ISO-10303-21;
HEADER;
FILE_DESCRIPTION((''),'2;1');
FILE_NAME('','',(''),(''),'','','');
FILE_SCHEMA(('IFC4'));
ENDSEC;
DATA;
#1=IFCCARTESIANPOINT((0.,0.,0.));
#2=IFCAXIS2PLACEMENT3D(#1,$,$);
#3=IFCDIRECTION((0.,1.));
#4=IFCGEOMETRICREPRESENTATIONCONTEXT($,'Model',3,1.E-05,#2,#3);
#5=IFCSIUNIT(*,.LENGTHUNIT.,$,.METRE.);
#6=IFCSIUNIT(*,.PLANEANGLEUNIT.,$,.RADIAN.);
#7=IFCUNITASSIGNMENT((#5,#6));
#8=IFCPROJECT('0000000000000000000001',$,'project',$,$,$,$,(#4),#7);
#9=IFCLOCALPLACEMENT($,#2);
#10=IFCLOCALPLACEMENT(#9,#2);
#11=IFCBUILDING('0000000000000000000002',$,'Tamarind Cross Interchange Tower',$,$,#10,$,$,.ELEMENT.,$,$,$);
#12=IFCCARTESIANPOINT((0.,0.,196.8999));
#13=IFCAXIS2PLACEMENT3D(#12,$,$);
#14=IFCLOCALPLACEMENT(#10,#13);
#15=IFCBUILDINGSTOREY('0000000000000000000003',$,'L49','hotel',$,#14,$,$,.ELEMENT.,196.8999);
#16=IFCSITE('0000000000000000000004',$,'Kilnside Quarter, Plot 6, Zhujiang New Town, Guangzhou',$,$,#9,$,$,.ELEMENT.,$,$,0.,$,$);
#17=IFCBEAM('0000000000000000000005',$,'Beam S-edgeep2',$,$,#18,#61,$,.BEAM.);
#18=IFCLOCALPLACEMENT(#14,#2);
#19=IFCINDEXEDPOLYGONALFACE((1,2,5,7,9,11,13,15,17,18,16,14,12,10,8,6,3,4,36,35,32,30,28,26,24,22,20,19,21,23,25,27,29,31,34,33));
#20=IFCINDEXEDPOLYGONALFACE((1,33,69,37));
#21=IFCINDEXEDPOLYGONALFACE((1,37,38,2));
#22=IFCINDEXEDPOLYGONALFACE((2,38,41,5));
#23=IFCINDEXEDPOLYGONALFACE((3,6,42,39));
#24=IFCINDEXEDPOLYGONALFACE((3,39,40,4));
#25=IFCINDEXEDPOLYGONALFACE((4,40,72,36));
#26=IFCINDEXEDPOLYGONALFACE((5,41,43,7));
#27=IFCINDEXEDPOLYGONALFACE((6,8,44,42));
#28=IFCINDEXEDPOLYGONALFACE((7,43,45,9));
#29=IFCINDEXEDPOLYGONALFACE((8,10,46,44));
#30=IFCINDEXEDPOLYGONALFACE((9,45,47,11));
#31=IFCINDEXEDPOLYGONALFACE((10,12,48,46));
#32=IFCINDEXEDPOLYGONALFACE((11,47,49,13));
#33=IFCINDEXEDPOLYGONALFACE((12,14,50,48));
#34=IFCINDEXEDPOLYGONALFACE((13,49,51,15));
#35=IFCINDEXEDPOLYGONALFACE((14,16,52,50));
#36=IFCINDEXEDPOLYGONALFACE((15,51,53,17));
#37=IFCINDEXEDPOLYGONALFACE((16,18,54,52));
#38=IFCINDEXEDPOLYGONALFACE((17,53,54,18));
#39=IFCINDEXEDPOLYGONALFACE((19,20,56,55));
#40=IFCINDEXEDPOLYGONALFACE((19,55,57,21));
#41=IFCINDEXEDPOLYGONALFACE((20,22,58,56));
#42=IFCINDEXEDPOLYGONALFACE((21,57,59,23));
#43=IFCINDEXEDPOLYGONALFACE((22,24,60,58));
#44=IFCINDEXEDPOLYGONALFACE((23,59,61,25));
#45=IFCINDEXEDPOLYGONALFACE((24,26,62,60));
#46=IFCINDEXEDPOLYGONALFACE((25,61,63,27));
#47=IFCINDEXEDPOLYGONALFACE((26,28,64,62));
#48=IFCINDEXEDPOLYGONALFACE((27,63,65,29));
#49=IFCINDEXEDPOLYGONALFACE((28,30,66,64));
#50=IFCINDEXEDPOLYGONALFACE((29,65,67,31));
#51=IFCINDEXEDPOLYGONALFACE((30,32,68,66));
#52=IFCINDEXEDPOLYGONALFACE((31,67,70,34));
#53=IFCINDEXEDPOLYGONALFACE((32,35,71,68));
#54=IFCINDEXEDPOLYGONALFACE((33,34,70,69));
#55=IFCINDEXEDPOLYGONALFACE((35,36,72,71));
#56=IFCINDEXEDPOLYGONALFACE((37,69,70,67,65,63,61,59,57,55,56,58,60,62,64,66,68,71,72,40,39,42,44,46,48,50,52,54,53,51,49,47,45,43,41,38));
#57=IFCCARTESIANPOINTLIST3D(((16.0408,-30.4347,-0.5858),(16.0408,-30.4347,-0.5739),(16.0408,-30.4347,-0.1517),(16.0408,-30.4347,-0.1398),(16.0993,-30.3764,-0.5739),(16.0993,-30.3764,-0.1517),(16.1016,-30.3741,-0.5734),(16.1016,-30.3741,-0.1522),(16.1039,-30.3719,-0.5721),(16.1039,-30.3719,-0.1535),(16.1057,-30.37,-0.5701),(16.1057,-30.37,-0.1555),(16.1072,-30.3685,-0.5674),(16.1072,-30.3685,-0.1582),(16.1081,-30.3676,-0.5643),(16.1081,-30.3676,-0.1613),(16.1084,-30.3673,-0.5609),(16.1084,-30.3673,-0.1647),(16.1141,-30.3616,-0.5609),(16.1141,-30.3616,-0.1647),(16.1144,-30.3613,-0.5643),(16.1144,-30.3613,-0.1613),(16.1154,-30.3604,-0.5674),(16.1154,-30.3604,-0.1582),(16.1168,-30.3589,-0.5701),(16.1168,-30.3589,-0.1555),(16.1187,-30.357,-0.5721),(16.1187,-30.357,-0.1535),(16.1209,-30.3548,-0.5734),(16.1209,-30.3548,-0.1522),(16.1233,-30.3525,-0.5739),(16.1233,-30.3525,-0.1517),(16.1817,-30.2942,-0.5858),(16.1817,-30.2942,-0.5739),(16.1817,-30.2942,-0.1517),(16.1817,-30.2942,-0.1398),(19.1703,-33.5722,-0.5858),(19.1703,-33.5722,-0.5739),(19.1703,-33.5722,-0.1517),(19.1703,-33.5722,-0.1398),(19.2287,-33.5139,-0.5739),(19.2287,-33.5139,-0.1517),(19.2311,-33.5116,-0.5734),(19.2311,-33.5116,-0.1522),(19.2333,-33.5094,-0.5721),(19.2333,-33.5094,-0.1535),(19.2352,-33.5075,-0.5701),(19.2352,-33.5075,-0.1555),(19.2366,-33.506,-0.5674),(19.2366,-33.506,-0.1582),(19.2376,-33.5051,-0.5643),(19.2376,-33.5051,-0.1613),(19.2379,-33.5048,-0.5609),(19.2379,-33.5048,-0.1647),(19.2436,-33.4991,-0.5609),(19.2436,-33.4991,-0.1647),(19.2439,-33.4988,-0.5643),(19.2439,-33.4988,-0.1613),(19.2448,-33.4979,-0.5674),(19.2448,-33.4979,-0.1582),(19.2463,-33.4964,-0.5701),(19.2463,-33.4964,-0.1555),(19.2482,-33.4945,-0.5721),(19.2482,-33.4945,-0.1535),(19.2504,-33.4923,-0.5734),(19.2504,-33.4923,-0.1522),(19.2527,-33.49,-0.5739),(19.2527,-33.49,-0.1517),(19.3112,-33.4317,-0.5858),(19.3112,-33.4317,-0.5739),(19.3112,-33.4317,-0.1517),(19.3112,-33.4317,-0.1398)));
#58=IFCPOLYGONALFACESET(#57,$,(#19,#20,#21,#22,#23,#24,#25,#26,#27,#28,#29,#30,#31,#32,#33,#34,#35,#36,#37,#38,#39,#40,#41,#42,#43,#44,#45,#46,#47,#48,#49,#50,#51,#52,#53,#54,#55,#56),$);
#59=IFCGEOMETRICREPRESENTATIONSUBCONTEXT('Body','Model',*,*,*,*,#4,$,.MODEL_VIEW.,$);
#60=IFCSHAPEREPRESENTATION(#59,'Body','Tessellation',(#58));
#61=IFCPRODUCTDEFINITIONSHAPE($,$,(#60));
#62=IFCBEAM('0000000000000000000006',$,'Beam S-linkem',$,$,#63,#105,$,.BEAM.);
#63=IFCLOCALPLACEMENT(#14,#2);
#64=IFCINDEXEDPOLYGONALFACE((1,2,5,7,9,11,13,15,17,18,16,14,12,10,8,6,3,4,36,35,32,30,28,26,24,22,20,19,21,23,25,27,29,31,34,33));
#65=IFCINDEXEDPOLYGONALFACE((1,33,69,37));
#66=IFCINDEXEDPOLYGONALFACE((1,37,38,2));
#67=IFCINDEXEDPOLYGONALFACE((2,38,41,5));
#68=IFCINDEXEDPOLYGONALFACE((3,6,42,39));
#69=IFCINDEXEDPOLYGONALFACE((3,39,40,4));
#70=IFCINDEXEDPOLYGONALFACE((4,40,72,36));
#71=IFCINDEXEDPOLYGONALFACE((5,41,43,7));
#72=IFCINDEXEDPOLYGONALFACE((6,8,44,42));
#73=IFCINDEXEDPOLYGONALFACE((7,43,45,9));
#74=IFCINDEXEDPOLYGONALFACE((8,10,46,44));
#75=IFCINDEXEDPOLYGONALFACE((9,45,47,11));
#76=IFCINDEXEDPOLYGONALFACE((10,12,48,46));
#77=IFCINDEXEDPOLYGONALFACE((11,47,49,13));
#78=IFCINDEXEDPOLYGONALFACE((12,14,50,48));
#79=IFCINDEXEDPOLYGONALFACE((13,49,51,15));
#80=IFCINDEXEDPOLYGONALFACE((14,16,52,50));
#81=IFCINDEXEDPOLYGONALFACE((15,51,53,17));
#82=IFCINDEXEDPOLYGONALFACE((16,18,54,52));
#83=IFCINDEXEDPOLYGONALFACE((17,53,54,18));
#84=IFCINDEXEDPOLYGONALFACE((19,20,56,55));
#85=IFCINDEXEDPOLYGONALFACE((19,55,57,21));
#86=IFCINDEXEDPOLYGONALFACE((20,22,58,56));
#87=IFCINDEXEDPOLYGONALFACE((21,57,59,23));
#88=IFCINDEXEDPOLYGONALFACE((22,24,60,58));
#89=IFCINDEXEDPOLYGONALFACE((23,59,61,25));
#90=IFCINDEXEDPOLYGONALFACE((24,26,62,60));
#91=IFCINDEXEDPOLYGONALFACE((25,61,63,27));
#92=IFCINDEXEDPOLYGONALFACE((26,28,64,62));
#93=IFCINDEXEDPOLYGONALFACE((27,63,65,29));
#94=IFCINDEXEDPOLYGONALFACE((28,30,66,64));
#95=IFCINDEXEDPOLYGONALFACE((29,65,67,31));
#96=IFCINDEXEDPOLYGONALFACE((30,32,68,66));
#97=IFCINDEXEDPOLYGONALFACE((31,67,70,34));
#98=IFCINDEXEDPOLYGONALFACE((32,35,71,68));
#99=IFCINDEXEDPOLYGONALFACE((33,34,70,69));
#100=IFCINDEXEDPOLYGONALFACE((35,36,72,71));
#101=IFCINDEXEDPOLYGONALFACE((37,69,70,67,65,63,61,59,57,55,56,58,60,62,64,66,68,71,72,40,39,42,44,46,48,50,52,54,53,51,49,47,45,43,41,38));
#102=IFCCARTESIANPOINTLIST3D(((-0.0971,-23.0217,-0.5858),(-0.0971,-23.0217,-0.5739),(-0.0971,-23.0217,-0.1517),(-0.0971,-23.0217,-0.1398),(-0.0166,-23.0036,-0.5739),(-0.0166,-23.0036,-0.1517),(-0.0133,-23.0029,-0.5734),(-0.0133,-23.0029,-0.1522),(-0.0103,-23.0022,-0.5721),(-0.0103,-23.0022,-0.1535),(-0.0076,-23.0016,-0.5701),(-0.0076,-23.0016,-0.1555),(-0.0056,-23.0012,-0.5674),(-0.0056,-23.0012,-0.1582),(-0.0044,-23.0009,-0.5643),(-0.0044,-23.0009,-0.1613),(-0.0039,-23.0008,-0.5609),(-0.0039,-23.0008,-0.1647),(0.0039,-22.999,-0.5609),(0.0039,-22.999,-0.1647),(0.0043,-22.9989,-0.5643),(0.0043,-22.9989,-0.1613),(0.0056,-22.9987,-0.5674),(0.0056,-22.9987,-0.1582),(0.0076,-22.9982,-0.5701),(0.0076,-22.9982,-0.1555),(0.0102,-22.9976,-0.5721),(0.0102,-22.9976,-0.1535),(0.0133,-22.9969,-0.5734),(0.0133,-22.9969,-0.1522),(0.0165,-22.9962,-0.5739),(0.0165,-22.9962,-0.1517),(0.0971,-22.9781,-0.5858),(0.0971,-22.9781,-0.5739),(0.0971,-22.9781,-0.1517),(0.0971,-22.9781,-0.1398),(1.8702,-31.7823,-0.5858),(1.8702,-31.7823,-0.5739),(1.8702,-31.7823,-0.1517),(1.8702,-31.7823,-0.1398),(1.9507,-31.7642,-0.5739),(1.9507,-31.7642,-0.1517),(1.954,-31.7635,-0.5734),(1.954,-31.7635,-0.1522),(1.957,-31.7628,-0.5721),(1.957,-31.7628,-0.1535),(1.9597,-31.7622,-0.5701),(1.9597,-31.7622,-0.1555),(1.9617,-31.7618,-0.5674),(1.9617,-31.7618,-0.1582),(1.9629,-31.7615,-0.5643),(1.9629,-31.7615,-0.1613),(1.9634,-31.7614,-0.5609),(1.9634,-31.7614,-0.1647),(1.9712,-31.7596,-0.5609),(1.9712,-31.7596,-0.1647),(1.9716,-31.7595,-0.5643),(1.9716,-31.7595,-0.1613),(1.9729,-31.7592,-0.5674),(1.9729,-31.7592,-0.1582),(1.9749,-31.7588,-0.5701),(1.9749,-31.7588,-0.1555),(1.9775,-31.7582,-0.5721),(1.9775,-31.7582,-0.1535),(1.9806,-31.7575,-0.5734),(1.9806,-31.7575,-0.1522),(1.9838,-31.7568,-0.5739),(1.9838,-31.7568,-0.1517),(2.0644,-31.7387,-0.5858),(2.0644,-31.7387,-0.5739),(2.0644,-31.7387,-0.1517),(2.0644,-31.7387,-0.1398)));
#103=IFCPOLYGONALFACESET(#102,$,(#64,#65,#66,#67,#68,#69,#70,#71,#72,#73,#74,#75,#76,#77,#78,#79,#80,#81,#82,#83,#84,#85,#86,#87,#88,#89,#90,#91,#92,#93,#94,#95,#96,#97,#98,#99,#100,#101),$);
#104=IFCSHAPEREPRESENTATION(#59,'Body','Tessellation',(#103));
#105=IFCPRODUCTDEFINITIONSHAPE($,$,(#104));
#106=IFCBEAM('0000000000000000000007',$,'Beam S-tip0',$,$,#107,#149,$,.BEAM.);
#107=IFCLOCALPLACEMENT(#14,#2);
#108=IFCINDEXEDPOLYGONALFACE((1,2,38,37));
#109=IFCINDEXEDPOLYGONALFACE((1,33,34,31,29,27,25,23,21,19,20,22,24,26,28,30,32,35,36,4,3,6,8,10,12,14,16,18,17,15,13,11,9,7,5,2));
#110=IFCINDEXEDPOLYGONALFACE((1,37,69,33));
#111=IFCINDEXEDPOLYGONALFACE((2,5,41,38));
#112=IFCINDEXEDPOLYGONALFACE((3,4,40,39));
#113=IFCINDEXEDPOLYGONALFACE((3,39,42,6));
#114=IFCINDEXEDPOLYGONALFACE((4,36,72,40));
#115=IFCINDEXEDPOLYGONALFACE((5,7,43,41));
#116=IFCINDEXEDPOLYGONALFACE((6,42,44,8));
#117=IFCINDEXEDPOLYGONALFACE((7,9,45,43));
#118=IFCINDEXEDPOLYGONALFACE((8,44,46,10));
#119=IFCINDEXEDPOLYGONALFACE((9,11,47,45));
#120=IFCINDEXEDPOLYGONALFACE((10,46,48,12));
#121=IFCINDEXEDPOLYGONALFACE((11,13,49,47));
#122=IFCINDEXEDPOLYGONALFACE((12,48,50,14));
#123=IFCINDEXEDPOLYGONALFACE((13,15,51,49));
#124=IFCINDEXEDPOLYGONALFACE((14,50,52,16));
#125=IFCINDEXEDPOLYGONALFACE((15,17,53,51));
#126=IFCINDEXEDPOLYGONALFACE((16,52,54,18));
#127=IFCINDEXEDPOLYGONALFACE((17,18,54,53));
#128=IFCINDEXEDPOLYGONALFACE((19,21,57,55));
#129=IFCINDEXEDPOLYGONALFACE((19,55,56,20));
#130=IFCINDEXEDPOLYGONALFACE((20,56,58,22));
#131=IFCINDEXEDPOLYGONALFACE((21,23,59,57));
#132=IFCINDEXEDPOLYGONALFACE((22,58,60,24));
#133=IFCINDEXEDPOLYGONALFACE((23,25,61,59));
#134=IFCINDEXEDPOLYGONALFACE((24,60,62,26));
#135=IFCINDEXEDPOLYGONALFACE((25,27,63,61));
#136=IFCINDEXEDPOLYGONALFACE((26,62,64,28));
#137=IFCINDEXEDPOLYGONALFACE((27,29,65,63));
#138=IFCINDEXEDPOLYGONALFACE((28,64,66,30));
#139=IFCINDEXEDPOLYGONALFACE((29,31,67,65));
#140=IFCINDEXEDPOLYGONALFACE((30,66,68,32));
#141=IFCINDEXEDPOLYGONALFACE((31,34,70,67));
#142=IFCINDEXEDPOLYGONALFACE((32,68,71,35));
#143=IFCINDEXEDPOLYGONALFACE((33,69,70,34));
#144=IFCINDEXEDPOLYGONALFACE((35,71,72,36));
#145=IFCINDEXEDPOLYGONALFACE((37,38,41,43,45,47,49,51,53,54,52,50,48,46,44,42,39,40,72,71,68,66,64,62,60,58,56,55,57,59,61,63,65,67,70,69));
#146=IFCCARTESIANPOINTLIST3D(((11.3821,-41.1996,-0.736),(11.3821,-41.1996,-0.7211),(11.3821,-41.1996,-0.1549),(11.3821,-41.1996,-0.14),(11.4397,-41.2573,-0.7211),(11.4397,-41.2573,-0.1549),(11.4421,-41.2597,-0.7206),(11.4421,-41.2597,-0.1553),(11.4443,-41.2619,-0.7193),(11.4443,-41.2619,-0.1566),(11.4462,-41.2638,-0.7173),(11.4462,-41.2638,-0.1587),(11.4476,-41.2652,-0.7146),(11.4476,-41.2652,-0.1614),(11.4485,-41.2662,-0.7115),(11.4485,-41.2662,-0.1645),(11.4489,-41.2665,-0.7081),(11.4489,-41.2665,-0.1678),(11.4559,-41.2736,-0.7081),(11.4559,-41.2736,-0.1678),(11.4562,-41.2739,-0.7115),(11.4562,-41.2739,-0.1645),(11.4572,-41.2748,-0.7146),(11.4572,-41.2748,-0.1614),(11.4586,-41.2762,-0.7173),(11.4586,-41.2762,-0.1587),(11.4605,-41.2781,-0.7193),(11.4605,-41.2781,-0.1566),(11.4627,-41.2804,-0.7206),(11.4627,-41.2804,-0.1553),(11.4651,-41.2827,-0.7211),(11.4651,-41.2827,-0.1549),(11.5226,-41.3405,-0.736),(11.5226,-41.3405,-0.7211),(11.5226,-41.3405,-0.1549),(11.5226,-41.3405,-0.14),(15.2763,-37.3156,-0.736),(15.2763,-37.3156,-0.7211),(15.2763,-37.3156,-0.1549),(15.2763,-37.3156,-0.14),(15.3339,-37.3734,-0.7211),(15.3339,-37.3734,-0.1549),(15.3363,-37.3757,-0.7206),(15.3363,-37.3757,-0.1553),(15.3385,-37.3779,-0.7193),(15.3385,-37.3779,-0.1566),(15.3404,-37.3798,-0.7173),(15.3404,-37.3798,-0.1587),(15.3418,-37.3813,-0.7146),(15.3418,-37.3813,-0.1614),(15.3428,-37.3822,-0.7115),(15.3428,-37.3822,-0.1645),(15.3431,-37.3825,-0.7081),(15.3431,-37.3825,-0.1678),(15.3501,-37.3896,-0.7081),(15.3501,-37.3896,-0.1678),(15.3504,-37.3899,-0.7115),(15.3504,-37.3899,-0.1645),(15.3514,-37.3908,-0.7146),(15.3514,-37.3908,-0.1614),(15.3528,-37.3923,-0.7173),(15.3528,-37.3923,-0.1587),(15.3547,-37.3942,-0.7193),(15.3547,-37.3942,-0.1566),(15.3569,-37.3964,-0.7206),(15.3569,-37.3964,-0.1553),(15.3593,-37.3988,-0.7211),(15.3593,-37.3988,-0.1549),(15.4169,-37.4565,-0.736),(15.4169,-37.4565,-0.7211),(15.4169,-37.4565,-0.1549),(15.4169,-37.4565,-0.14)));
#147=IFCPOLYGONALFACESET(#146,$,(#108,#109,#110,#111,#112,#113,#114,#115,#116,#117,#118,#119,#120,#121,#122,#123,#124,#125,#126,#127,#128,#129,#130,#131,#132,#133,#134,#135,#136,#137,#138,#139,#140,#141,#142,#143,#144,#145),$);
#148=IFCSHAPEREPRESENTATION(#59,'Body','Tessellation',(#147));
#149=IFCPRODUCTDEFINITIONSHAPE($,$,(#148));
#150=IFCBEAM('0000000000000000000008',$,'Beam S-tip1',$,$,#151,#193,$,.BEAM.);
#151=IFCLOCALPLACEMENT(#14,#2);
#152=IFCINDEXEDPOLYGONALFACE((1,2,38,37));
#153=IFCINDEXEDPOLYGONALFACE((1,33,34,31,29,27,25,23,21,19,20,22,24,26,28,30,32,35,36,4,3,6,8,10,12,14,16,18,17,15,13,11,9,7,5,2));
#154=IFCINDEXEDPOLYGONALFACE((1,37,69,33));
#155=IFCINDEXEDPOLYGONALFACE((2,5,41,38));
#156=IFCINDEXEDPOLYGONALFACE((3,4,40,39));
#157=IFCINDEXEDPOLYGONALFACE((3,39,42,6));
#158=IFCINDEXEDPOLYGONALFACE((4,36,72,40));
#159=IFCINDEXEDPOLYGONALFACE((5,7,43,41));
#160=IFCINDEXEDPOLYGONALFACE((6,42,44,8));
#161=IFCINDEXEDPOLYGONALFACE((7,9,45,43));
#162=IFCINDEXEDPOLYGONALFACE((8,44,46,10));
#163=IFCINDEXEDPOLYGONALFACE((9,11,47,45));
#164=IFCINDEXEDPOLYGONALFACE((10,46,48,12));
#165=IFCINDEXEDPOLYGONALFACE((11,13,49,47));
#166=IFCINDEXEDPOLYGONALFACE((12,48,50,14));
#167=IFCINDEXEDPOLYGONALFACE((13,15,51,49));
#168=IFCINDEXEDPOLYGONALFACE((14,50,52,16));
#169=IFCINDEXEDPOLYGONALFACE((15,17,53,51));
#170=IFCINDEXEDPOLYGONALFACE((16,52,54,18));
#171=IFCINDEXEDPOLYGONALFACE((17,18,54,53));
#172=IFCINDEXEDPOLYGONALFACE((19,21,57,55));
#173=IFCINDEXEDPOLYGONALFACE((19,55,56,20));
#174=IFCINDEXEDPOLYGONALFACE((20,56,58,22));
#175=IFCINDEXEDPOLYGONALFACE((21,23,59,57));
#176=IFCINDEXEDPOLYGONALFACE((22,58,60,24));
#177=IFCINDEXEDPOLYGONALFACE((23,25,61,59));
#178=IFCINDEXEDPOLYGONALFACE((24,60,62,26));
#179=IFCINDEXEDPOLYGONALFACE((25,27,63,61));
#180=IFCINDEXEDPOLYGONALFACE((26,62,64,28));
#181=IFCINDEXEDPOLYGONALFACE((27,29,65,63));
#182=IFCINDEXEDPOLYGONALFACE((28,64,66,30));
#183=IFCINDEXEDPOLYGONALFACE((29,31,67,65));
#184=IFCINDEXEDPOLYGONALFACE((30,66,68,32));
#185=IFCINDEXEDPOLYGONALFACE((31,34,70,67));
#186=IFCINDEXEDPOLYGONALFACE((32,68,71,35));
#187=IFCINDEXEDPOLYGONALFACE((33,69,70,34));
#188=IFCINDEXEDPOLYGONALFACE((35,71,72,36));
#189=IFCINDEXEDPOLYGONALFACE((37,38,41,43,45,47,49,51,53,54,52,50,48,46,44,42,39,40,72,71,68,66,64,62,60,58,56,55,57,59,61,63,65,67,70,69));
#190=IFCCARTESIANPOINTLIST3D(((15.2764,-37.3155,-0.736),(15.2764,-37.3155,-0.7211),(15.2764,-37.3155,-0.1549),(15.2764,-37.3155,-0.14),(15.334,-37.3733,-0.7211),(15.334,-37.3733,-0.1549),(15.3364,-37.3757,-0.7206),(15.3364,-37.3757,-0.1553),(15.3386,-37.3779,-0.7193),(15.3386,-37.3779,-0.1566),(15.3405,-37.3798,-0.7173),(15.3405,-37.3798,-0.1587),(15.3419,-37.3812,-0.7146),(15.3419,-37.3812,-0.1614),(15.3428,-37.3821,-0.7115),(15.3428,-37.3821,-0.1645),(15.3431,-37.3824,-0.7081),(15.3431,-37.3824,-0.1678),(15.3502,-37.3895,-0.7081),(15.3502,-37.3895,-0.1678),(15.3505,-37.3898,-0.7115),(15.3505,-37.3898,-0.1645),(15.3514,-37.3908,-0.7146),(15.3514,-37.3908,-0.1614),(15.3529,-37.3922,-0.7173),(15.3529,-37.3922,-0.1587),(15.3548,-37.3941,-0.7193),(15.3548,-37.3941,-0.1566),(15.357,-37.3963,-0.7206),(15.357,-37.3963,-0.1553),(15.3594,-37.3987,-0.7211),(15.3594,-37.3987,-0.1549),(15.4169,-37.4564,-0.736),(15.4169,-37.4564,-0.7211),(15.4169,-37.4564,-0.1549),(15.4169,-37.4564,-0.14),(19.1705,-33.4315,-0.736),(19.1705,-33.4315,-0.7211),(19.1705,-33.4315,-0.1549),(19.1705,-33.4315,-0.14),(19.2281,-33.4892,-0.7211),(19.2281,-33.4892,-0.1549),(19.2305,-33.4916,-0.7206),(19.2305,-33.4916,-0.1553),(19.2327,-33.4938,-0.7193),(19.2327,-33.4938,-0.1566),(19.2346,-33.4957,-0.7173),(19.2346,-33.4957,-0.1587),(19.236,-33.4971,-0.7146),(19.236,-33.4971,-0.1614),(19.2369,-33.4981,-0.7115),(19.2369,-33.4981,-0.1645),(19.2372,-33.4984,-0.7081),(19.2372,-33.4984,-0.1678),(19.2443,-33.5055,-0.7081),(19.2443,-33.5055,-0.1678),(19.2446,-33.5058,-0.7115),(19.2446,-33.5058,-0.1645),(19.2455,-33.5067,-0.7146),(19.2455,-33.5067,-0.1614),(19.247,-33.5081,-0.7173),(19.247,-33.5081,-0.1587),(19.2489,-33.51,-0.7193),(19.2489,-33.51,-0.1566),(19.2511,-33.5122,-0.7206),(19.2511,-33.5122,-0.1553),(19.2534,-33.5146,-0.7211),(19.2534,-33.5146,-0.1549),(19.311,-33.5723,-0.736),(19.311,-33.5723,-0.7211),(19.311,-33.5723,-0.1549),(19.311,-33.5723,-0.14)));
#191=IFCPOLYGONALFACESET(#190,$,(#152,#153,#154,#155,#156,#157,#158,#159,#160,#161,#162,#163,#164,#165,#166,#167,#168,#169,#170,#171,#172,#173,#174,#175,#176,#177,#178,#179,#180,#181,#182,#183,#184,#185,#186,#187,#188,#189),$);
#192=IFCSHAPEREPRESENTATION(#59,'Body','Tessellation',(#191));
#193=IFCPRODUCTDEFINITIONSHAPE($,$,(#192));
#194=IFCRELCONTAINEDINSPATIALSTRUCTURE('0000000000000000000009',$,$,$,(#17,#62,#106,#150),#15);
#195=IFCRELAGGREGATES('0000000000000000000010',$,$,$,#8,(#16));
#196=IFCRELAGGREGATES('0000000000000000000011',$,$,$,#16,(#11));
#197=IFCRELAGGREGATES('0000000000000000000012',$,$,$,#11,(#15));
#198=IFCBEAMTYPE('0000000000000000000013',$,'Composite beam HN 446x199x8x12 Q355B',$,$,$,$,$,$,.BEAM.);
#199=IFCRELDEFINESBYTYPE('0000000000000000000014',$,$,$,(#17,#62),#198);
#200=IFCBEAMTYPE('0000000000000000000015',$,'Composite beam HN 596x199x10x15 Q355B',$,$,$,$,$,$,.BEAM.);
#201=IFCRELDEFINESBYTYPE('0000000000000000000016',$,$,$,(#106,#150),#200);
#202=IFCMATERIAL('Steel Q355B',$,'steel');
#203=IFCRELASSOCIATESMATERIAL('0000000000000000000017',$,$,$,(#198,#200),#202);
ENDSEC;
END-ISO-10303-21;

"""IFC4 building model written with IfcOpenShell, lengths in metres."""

from ifc_helpers import new_model, si_unit, direction, frame, origin, origin_2d, place, context, subcontext, project, spatial, i_section, extrude, material, material_profile, profile_set, type_object, element, save


model = new_model("IFC4")

# Units and contexts
model_context = context("Model", 3, precision=1e-05, world=origin(), true_north=direction((0.0, 1.0)))
body_context = subcontext(model_context, "Body", "Model", "MODEL_VIEW")
ifc_project = project(units=[si_unit("LENGTHUNIT", "METRE"), si_unit("PLANEANGLEUNIT", "RADIAN")], contexts=[model_context])

# Site, building, storey
site_placement = place(None, origin())
site = spatial("IfcSite", under=ifc_project, at=site_placement, Name="Kilnside Quarter, Plot 6, Zhujiang New Town, Guangzhou", CompositionType="ELEMENT", RefElevation=0.0)
building_placement = place(site_placement, origin())
building = spatial("IfcBuilding", under=site, at=building_placement, Name="Tamarind Cross Interchange Tower", CompositionType="ELEMENT")
storey_placement = place(building_placement, frame((0.0, 0.0, 196.8999)))
storey = spatial("IfcBuildingStorey", under=building, at=storey_placement, Name="L49", Description="hotel", CompositionType="ELEMENT", Elevation=196.8999)

# Beams
ifc_material_1 = material(Name="Steel Q355B", Category="steel")
ifc_material_profile_1 = material_profile(ifc_material_1, i_section(OverallWidth=0.199, OverallDepth=0.446, WebThickness=0.0081, FlangeThickness=0.012, FilletRadius=0.0129, at=origin_2d()), Name="HN 446x199x8x12")
ifc_profile_set_1 = profile_set([ifc_material_profile_1], Name="Steel Q355B")
beam_type_1 = type_object("IfcBeamType", Name="Composite beam HN 446x199x8x12 Q355B", PredefinedType="BEAM", material=ifc_profile_set_1)
beam_1_placement = place(storey_placement, frame((19.2407, -33.502, -0.3628), z_axis=(-0.706197, 0.708015, 0.0), x_axis=(-0.708015, -0.706197, 0.0)))
element("IfcBeam", 1, at=beam_1_placement, inside=storey, type_object=beam_type_1, Name="Beam S-edgeep2", PredefinedType="BEAM", context=body_context, shape_type="SweptSolid", body=[
    extrude(i_section(OverallWidth=0.199, OverallDepth=0.446, WebThickness=0.0081, FlangeThickness=0.012, FilletRadius=0.0129, at=origin_2d()), origin(), (0.0, 0.0, 1.0), 4.4314),
])
beam_2_placement = place(storey_placement, frame((1.9673, -31.7605, -0.3628), z_axis=(-0.219106, 0.975701, 0.0), x_axis=(-0.975701, -0.219106, 0.0)))
element("IfcBeam", 2, at=beam_2_placement, inside=storey, type_object=beam_type_1, Name="Beam S-linkem", PredefinedType="BEAM", context=body_context, shape_type="SweptSolid", body=[
    extrude(i_section(OverallWidth=0.199, OverallDepth=0.446, WebThickness=0.0081, FlangeThickness=0.012, FilletRadius=0.0129, at=origin_2d()), origin(), (0.0, 0.0, 1.0), 8.9788),
])
ifc_material_profile_2 = material_profile(ifc_material_1, i_section(OverallWidth=0.199, OverallDepth=0.5959, WebThickness=0.01, FlangeThickness=0.0149, FilletRadius=0.0129, at=origin_2d()), Name="HN 596x199x10x15")
ifc_profile_set_2 = profile_set([ifc_material_profile_2], Name="Steel Q355B")
beam_type_2 = type_object("IfcBeamType", Name="Composite beam HN 596x199x10x15 Q355B", PredefinedType="BEAM", material=ifc_profile_set_2)
for number, where, z_axis, x_axis, name in (
    (3, (11.4524, -41.27, -0.438), (0.708038, 0.706174, 0.0), (-0.706174, 0.708038, 0.0), "Beam S-tip0"),
    (4, (15.3467, -37.386, -0.438), (0.708016, 0.706196, 0.0), (-0.706196, 0.708016, 0.0), "Beam S-tip1"),
):
    element("IfcBeam", number, at=place(storey_placement, frame(where, z_axis=z_axis, x_axis=x_axis)), inside=storey, type_object=beam_type_2, Name=name, PredefinedType="BEAM", context=body_context, shape_type="SweptSolid", body=[
        extrude(i_section(OverallWidth=0.199, OverallDepth=0.5959, WebThickness=0.01, FlangeThickness=0.0149, FilletRadius=0.0129, at=origin_2d()), origin(), (0.0, 0.0, 1.0), 5.5),
    ])

save(model, "model.ifc")
